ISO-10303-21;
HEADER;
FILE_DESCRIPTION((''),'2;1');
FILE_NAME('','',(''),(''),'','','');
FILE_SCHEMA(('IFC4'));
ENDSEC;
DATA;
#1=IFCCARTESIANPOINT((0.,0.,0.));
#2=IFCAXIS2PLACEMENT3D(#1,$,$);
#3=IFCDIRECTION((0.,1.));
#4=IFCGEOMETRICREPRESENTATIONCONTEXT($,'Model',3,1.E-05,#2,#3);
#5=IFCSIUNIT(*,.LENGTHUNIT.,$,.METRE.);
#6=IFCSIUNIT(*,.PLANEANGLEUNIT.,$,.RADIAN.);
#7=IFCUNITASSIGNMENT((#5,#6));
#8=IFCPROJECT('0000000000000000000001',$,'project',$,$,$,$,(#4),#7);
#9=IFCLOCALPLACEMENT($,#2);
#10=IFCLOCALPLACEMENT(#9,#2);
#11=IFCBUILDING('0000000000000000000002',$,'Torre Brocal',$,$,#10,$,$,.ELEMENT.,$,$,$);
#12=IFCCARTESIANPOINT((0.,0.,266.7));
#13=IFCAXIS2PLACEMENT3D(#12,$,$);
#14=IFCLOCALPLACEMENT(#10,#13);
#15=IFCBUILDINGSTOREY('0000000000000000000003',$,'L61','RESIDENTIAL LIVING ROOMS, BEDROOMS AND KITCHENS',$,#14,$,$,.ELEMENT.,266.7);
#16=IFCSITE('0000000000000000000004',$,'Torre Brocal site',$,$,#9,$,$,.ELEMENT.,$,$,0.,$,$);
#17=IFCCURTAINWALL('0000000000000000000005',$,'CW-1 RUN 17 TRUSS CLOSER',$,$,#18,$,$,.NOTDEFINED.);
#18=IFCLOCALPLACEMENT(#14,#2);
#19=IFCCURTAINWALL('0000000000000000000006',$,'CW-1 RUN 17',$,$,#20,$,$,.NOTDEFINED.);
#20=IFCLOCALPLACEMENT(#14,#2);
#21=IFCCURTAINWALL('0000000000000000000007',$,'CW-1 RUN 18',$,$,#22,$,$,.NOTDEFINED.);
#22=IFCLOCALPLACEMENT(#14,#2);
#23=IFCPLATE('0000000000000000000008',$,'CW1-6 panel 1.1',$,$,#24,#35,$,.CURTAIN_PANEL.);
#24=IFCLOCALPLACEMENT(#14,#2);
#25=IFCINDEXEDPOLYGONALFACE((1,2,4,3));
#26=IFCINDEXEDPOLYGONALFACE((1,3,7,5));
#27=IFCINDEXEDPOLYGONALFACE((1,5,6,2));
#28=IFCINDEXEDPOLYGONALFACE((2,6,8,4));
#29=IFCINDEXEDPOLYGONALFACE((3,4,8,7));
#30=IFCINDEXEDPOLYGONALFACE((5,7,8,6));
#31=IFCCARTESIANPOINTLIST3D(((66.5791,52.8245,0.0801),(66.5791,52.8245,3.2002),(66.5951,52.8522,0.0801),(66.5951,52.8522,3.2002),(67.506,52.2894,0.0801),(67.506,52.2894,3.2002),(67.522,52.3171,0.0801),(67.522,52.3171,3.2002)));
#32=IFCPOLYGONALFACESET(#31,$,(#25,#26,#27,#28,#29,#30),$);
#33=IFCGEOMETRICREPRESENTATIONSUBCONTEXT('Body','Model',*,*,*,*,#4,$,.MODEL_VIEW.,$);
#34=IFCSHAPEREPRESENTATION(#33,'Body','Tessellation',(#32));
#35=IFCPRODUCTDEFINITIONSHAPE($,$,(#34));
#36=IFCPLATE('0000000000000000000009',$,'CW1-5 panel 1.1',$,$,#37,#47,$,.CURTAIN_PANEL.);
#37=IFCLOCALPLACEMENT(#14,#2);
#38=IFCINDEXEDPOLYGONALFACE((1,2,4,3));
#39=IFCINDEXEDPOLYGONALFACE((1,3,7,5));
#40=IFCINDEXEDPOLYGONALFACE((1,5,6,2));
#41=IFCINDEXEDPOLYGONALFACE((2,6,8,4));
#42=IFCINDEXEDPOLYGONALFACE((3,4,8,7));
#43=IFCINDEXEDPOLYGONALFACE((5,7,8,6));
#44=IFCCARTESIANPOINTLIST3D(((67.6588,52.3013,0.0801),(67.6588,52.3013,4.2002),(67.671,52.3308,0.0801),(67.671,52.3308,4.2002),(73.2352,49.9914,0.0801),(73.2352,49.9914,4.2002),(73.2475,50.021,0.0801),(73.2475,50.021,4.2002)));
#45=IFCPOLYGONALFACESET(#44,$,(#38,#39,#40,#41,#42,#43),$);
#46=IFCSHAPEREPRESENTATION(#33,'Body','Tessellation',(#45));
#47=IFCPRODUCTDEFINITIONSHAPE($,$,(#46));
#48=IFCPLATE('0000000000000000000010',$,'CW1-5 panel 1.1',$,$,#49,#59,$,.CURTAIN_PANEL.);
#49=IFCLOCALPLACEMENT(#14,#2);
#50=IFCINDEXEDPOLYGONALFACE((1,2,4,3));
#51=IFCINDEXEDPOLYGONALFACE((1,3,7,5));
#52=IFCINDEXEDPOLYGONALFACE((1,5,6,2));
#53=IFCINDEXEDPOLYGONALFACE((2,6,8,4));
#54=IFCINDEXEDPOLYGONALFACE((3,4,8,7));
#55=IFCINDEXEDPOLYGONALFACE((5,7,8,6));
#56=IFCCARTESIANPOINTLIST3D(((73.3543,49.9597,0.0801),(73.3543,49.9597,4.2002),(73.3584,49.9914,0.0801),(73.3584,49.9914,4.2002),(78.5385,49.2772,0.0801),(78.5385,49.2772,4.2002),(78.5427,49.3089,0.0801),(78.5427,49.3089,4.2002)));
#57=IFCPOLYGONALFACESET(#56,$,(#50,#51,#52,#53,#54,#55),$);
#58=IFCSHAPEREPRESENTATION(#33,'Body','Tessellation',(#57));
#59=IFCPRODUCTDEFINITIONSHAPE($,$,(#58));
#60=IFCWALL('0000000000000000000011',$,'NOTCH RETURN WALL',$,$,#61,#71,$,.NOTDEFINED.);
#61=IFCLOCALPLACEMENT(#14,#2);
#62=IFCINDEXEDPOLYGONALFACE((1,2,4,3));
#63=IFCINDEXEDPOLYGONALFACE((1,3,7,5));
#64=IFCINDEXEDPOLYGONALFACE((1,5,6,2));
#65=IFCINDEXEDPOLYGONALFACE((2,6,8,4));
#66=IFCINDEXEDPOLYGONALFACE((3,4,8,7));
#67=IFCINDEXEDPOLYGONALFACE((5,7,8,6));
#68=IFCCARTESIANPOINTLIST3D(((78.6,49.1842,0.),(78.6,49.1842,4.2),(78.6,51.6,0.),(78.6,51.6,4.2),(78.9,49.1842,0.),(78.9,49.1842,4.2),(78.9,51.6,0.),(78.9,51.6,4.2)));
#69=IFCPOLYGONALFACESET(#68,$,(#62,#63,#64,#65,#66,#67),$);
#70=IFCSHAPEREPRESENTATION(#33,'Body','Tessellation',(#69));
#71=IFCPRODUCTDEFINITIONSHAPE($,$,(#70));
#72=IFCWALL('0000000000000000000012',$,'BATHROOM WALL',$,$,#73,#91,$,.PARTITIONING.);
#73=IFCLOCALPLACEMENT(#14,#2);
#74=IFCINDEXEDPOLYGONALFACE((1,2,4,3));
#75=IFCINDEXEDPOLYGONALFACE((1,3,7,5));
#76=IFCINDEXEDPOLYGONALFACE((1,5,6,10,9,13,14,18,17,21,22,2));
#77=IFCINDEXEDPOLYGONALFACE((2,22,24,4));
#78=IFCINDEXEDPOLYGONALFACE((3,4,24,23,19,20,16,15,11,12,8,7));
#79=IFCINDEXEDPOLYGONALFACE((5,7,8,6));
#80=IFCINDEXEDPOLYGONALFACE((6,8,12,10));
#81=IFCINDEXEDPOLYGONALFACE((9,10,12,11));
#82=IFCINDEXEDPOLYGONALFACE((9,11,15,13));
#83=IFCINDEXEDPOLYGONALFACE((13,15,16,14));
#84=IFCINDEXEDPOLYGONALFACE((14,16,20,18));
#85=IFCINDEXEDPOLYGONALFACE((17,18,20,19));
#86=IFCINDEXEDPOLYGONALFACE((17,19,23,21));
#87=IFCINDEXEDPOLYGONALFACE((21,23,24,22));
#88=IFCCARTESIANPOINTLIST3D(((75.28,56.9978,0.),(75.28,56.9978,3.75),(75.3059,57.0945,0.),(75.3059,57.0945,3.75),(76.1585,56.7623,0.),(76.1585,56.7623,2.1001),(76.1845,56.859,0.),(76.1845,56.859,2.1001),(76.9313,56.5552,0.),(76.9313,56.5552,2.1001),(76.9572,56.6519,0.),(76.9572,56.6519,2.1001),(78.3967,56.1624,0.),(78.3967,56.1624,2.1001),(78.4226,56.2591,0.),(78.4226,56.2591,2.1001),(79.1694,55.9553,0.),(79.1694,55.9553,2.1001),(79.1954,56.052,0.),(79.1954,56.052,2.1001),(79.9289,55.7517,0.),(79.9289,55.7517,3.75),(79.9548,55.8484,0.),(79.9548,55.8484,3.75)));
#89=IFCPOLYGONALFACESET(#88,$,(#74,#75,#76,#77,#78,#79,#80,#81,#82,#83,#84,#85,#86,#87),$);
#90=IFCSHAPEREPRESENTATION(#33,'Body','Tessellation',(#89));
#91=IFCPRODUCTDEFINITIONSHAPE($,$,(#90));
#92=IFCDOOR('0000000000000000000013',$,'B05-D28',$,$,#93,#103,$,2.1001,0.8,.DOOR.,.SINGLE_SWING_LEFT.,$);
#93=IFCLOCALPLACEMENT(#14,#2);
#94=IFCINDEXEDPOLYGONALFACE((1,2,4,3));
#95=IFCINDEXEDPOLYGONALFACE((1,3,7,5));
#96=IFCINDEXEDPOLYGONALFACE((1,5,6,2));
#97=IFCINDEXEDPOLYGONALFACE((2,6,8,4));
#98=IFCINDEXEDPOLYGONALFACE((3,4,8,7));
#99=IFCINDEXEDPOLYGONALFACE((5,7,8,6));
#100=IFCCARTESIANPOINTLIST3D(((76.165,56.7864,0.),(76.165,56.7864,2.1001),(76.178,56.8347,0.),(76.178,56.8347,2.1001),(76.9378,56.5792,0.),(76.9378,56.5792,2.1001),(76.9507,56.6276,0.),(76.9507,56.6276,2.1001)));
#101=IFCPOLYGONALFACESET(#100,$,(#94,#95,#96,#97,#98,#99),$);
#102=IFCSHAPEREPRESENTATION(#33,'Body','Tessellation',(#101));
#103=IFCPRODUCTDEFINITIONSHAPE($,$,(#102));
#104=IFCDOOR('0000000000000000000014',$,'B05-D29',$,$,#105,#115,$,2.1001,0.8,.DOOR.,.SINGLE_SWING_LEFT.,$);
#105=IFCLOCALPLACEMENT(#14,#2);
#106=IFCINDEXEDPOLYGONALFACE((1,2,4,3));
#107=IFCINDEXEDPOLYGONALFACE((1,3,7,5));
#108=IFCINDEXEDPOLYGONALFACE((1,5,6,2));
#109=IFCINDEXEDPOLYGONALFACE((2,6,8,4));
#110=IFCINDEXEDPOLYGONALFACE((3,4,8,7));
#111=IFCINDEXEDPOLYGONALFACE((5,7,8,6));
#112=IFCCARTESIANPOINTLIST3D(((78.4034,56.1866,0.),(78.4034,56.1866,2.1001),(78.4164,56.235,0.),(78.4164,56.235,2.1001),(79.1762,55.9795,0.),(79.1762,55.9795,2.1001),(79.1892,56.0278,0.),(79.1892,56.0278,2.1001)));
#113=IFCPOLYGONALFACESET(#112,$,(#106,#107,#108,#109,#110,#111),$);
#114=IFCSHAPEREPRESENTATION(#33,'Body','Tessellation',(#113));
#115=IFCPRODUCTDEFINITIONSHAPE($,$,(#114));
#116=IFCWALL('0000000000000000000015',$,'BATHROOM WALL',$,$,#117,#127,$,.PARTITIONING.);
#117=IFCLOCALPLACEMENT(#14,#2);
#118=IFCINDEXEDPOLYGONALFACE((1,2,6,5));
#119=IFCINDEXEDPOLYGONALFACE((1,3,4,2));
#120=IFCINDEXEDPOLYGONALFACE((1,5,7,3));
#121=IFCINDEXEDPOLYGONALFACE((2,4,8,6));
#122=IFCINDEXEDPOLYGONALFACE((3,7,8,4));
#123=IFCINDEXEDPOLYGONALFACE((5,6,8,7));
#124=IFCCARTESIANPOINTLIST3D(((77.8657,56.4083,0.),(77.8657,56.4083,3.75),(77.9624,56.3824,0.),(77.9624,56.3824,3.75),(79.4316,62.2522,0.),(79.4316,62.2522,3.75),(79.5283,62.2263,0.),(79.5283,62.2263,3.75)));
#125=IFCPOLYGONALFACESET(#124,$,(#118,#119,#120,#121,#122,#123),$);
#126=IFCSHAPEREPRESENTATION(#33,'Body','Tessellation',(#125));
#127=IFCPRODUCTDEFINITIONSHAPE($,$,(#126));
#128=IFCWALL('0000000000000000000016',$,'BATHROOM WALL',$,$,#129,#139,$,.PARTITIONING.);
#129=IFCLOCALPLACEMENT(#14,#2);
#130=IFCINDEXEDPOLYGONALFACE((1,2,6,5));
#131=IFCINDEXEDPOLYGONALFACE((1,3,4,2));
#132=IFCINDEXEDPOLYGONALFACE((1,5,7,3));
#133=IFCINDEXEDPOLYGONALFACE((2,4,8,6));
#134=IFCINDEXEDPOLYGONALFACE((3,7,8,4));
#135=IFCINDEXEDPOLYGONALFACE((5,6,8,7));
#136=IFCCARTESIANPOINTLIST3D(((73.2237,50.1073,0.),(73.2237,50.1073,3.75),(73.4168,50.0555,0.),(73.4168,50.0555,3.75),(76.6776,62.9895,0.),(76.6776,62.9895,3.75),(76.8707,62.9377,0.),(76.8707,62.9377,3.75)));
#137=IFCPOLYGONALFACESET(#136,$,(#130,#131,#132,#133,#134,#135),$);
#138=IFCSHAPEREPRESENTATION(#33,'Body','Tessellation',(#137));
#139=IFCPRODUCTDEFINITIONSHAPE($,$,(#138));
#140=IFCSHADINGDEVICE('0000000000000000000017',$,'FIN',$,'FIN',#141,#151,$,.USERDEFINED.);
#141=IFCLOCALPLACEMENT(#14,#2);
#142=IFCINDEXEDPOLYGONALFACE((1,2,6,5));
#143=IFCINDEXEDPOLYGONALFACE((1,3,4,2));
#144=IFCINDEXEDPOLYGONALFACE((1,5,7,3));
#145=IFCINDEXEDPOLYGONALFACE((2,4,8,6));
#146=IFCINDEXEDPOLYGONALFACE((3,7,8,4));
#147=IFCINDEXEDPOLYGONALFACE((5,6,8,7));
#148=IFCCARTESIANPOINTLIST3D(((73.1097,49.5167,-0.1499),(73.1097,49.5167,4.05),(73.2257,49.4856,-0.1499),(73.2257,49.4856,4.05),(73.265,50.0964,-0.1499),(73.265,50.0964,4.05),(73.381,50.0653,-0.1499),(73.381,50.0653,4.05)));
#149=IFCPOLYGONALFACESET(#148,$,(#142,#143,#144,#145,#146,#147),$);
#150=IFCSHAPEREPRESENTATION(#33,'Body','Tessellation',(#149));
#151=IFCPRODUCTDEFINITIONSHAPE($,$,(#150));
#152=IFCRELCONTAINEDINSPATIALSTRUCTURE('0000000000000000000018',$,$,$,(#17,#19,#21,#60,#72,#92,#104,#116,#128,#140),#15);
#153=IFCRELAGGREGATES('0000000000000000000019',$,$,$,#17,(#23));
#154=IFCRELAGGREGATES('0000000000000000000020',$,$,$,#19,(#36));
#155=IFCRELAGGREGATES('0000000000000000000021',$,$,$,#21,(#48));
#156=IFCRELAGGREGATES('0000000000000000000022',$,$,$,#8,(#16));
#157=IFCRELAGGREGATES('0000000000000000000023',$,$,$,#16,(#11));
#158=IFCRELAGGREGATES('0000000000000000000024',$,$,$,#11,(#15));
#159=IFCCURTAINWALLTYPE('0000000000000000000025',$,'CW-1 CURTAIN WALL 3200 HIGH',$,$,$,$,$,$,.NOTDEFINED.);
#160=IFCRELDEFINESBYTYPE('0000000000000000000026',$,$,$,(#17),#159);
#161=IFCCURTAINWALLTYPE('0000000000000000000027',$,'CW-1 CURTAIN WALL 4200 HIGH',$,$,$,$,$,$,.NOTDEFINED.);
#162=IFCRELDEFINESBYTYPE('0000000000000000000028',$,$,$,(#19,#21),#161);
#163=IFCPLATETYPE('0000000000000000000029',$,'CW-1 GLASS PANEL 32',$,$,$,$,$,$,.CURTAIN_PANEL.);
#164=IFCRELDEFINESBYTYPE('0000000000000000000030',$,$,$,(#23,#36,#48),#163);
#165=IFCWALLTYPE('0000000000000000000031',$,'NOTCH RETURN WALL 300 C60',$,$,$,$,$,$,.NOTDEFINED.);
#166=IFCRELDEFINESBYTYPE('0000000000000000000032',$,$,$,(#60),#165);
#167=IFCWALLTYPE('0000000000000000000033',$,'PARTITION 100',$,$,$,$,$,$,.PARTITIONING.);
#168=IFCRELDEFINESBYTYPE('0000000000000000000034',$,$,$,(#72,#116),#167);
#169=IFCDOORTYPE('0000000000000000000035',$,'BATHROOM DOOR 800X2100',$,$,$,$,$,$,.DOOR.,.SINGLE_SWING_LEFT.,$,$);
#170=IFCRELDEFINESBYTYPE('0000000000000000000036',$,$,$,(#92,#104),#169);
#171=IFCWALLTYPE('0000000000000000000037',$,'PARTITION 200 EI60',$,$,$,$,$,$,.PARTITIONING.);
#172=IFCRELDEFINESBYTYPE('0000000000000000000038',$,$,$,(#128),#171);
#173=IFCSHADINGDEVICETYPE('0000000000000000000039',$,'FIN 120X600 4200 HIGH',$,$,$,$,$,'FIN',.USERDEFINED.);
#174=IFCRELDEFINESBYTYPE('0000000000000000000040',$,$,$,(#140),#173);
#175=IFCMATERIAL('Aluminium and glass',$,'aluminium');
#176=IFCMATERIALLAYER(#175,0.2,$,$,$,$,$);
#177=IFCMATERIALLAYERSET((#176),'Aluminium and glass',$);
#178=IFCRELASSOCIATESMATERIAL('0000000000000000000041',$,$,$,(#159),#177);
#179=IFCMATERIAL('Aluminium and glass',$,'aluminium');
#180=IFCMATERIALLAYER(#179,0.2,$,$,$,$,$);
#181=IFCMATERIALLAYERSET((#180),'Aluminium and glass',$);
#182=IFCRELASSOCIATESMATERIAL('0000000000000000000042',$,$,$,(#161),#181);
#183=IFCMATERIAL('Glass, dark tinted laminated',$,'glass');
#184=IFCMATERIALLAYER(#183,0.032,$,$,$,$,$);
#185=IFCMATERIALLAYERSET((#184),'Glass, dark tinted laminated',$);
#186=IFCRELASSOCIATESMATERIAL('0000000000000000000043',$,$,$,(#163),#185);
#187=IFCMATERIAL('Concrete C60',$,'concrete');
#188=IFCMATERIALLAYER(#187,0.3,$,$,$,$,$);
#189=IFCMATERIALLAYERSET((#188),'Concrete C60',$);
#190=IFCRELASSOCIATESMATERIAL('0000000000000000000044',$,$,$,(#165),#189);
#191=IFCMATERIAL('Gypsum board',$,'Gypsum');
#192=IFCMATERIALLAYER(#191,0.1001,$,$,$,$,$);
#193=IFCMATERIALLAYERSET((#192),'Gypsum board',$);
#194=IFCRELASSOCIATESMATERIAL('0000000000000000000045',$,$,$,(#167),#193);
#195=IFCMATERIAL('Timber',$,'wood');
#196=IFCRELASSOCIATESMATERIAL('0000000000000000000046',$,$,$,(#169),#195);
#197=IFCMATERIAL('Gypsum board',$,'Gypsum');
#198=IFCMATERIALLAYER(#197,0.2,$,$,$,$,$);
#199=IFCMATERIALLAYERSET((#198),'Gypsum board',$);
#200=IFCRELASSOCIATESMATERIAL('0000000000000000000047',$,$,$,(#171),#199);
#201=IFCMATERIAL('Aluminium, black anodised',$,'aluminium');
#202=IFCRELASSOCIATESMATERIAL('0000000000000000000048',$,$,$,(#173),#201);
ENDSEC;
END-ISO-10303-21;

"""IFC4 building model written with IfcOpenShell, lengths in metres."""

from ifc_helpers import new_model, si_unit, direction, frame, frame_2d, origin, origin_2d, place, context, subcontext, project, spatial, rectangle, extrude, material, layer, layer_set, material_profile, profile_set, type_object, element, fill, aggregate, save


model = new_model("IFC4")

# Units and contexts
model_context = context("Model", 3, precision=1e-05, world=origin(), true_north=direction((0.0, 1.0)))
body_context = subcontext(model_context, "Body", "Model", "MODEL_VIEW")
ifc_project = project(units=[si_unit("LENGTHUNIT", "METRE"), si_unit("PLANEANGLEUNIT", "RADIAN")], contexts=[model_context])

# Site, building, storey
site_placement = place(None, origin())
site = spatial("IfcSite", under=ifc_project, at=site_placement, Name="Torre Brocal site", CompositionType="ELEMENT", RefElevation=0.0)
building_placement = place(site_placement, origin())
building = spatial("IfcBuilding", under=site, at=building_placement, Name="Torre Brocal", CompositionType="ELEMENT")
storey_placement = place(building_placement, frame((0.0, 0.0, 266.7)))
storey = spatial("IfcBuildingStorey", under=building, at=storey_placement, Name="L61", Description="RESIDENTIAL LIVING ROOMS, BEDROOMS AND KITCHENS", CompositionType="ELEMENT", Elevation=266.7)

# Curtain walls
ifc_material_1 = material(Name="Aluminium and glass", Category="aluminium")
ifc_layer_1 = layer(ifc_material_1, 0.2)
ifc_layer_set_1 = layer_set([ifc_layer_1], Name="Aluminium and glass")
curtain_wall_type_1 = type_object("IfcCurtainWallType", Name="CW-1 CURTAIN WALL 3200 HIGH", PredefinedType="NOTDEFINED", material=ifc_layer_set_1)
curtain_wall_1_placement = place(storey_placement, origin())
curtain_wall_1 = element("IfcCurtainWall", 1, at=curtain_wall_1_placement, inside=storey, type_object=curtain_wall_type_1, Name="CW-1 RUN 17 TRUSS CLOSER", PredefinedType="NOTDEFINED")
ifc_material_2 = material(Name="Aluminium and glass", Category="aluminium")
ifc_layer_2 = layer(ifc_material_2, 0.2)
ifc_layer_set_2 = layer_set([ifc_layer_2], Name="Aluminium and glass")
curtain_wall_type_2 = type_object("IfcCurtainWallType", Name="CW-1 CURTAIN WALL 4200 HIGH", PredefinedType="NOTDEFINED", material=ifc_layer_set_2)
curtain_wall_2_placement = place(storey_placement, origin())
curtain_wall_2 = element("IfcCurtainWall", 2, at=curtain_wall_2_placement, inside=storey, type_object=curtain_wall_type_2, Name="CW-1 RUN 17", PredefinedType="NOTDEFINED")
curtain_wall_3_placement = place(storey_placement, origin())
curtain_wall_3 = element("IfcCurtainWall", 3, at=curtain_wall_3_placement, inside=storey, type_object=curtain_wall_type_2, Name="CW-1 RUN 18", PredefinedType="NOTDEFINED")

# Plates
ifc_material_3 = material(Name="Glass, dark tinted laminated", Category="glass")
ifc_layer_3 = layer(ifc_material_3, 0.032)
ifc_layer_set_3 = layer_set([ifc_layer_3], Name="Glass, dark tinted laminated")
plate_type = type_object("IfcPlateType", Name="CW-1 GLASS PANEL 32", PredefinedType="CURTAIN_PANEL", material=ifc_layer_set_3)
plate_1_placement = place(storey_placement, frame((67.0505, 52.5708, 0.0801), z_axis=(0.0, 0.0, 1.0), x_axis=(0.866025, -0.5, 0.0)))
plate_1 = element("IfcPlate", 4, at=plate_1_placement, type_object=plate_type, Name="CW1-6 panel 1.1", PredefinedType="CURTAIN_PANEL", context=body_context, shape_type="SweptSolid", body=[
    extrude(rectangle(XDim=1.0703, YDim=0.032, at=origin_2d()), origin(), (0.0, 0.0, 1.0), 3.1201),
])
aggregate(curtain_wall_1, [plate_1])
plate_2_placement = place(storey_placement, frame((70.4531, 51.1611, 0.0801), z_axis=(0.0, 0.0, 1.0), x_axis=(0.92388, -0.382683, 0.0)))
plate_2 = element("IfcPlate", 5, at=plate_2_placement, type_object=plate_type, Name="CW1-5 panel 1.1", PredefinedType="CURTAIN_PANEL", context=body_context, shape_type="SweptSolid", body=[
    extrude(rectangle(XDim=6.0359, YDim=0.032, at=origin_2d()), origin(), (0.0, 0.0, 1.0), 4.1201),
])
aggregate(curtain_wall_2, [plate_2])
plate_3_placement = place(storey_placement, frame((75.9485, 49.6343, 0.0801), z_axis=(0.0, 0.0, 1.0), x_axis=(0.991445, -0.130526, 0.0)))
plate_3 = element("IfcPlate", 6, at=plate_3_placement, type_object=plate_type, Name="CW1-5 panel 1.1", PredefinedType="CURTAIN_PANEL", context=body_context, shape_type="SweptSolid", body=[
    extrude(rectangle(XDim=5.229, YDim=0.032, at=origin_2d()), origin(), (0.0, 0.0, 1.0), 4.1201),
])
aggregate(curtain_wall_3, [plate_3])

# Wall
ifc_material_4 = material(Name="Concrete C60", Category="concrete")
ifc_layer_4 = layer(ifc_material_4, 0.3)
ifc_layer_set_4 = layer_set([ifc_layer_4], Name="Concrete C60")
wall_type_1 = type_object("IfcWallType", Name="NOTCH RETURN WALL 300 C60", PredefinedType="NOTDEFINED", material=ifc_layer_set_4)
wall_1_placement = place(storey_placement, frame((78.75, 51.6001, 0.0), z_axis=(0.0, 0.0, 1.0), x_axis=(0.0, -1.0, 0.0)))
element("IfcWall", 7, at=wall_1_placement, inside=storey, type_object=wall_type_1, Name="NOTCH RETURN WALL", PredefinedType="NOTDEFINED", context=body_context, shape_type="SweptSolid", body=[
    extrude(rectangle(XDim=2.4158, YDim=0.3, at=frame_2d((1.208, 0.0))), origin(), (0.0, 0.0, 1.0), 4.2),
])

# Wall, openings, doors
ifc_material_5 = material(Name="Gypsum board", Category="Gypsum")
ifc_layer_5 = layer(ifc_material_5, 0.1001)
ifc_layer_set_5 = layer_set([ifc_layer_5], Name="Gypsum board")
wall_type_2 = type_object("IfcWallType", Name="PARTITION 100", PredefinedType="PARTITIONING", material=ifc_layer_set_5)
wall_2_placement = place(storey_placement, frame((75.293, 57.0461, 0.0), z_axis=(0.0, 0.0, 1.0), x_axis=(0.965904, -0.2589, 0.0)))
wall_2 = element("IfcWall", 8, at=wall_2_placement, inside=storey, type_object=wall_type_2, Name="BATHROOM WALL", PredefinedType="PARTITIONING", context=body_context, shape_type="SweptSolid", body=[
    extrude(rectangle(XDim=4.813, YDim=0.1001, at=frame_2d((2.4065, 0.0))), origin(), (0.0, 0.0, 1.0), 3.75),
])
opening_1_placement = place(wall_2_placement, frame((0.9097, 0.0, 0.0)))
opening_1 = element("IfcOpeningElement", 9, at=opening_1_placement, cuts=wall_2, PredefinedType="OPENING", context=body_context, shape_type="SweptSolid", body=[
    extrude(rectangle(XDim=0.8, YDim=2.1001, at=frame_2d((0.3999, 1.05))), frame((0.0, 0.0601, 0.0), z_axis=(0.0, -1.0, 0.0), x_axis=(1.0, 0.0, 0.0)), (0.0, 0.0, 1.0), 0.1201),
])
opening_2_placement = place(wall_2_placement, frame((3.2268, 0.0, 0.0)))
opening_2 = element("IfcOpeningElement", 10, at=opening_2_placement, cuts=wall_2, PredefinedType="OPENING", context=body_context, shape_type="SweptSolid", body=[
    extrude(rectangle(XDim=0.8, YDim=2.1001, at=frame_2d((0.3999, 1.05))), frame((0.0, 0.0601, 0.0), z_axis=(0.0, -1.0, 0.0), x_axis=(1.0, 0.0, 0.0)), (0.0, 0.0, 1.0), 0.1201),
])
ifc_material_6 = material(Name="Timber", Category="wood")
door_type = type_object("IfcDoorType", Name="BATHROOM DOOR 800X2100", OperationType="SINGLE_SWING_LEFT", PredefinedType="DOOR", material=ifc_material_6)
door_1_placement = place(opening_1_placement, origin())
door_1 = element("IfcDoor", 11, at=door_1_placement, inside=storey, type_object=door_type, Name="B05-D28", OperationType="SINGLE_SWING_LEFT", OverallHeight=2.1001, OverallWidth=0.8, PredefinedType="DOOR", context=body_context, shape_type="SweptSolid", body=[
    extrude(rectangle(XDim=0.8, YDim=2.1001, at=frame_2d((0.3999, 1.05))), frame((0.0, 0.0249, 0.0), z_axis=(0.0, -1.0, 0.0), x_axis=(1.0, 0.0, 0.0)), (0.0, 0.0, 1.0), 0.05),
])
fill(opening_1, door_1)
door_2_placement = place(opening_2_placement, frame((0.8, 0.0, 0.0), z_axis=(0.0, 0.0, 1.0), x_axis=(-1.0, 0.0, 0.0)))
door_2 = element("IfcDoor", 12, at=door_2_placement, inside=storey, type_object=door_type, Name="B05-D29", OperationType="SINGLE_SWING_LEFT", OverallHeight=2.1001, OverallWidth=0.8, PredefinedType="DOOR", context=body_context, shape_type="SweptSolid", body=[
    extrude(rectangle(XDim=0.8, YDim=2.1001, at=frame_2d((0.3999, 1.05))), frame((0.0, 0.0249, 0.0), z_axis=(0.0, -1.0, 0.0), x_axis=(1.0, 0.0, 0.0)), (0.0, 0.0, 1.0), 0.05),
])
fill(opening_2, door_2)

# Walls
wall_3_placement = place(storey_placement, frame((77.9141, 56.3955, 0.0), z_axis=(0.0, 0.0, 1.0), x_axis=(0.258823, 0.965925, 0.0)))
element("IfcWall", 13, at=wall_3_placement, inside=storey, type_object=wall_type_2, Name="BATHROOM WALL", PredefinedType="PARTITIONING", context=body_context, shape_type="SweptSolid", body=[
    extrude(rectangle(XDim=6.05, YDim=0.1001, at=frame_2d((3.0249, 0.0))), origin(), (0.0, 0.0, 1.0), 3.75),
])
ifc_material_7 = material(Name="Gypsum board", Category="Gypsum")
ifc_layer_6 = layer(ifc_material_7, 0.2)
ifc_layer_set_6 = layer_set([ifc_layer_6], Name="Gypsum board")
wall_type_3 = type_object("IfcWallType", Name="PARTITION 200 EI60", PredefinedType="PARTITIONING", material=ifc_layer_set_6)
wall_4_placement = place(storey_placement, frame((73.3203, 50.0815, 0.0), z_axis=(0.0, 0.0, 1.0), x_axis=(0.258967, 0.965886, 0.0)))
element("IfcWall", 14, at=wall_4_placement, inside=storey, type_object=wall_type_3, Name="BATHROOM WALL", PredefinedType="PARTITIONING", context=body_context, shape_type="SweptSolid", body=[
    extrude(rectangle(XDim=13.3372, YDim=0.2, at=frame_2d((6.6685, 0.0))), origin(), (0.0, 0.0, 1.0), 3.75),
])

# Shading device
ifc_material_8 = material(Name="Aluminium, black anodised", Category="aluminium")
ifc_material_profile_1 = material_profile(ifc_material_8, rectangle(XDim=0.1201, YDim=0.6001, at=origin_2d()), Name="FIN 120X600 4200 HIGH")
ifc_profile_set_1 = profile_set([ifc_material_profile_1], Name="Aluminium, black anodised")
shading_device_type = type_object("IfcShadingDeviceType", Name="FIN 120X600 4200 HIGH", ElementType="FIN", PredefinedType="USERDEFINED", material=ifc_profile_set_1)
shading_device_placement = place(storey_placement, frame((73.2454, 49.791, -0.1499), z_axis=(0.0, 0.0, 1.0), x_axis=(0.965926, -0.258819, 0.0)))
element("IfcShadingDevice", 15, at=shading_device_placement, inside=storey, type_object=shading_device_type, Name="FIN", ObjectType="FIN", PredefinedType="USERDEFINED", context=body_context, shape_type="SweptSolid", body=[
    extrude(rectangle(XDim=0.1201, YDim=0.6001, at=origin_2d()), origin(), (0.0, 0.0, 1.0), 4.2),
])

save(model, "model.ifc")
